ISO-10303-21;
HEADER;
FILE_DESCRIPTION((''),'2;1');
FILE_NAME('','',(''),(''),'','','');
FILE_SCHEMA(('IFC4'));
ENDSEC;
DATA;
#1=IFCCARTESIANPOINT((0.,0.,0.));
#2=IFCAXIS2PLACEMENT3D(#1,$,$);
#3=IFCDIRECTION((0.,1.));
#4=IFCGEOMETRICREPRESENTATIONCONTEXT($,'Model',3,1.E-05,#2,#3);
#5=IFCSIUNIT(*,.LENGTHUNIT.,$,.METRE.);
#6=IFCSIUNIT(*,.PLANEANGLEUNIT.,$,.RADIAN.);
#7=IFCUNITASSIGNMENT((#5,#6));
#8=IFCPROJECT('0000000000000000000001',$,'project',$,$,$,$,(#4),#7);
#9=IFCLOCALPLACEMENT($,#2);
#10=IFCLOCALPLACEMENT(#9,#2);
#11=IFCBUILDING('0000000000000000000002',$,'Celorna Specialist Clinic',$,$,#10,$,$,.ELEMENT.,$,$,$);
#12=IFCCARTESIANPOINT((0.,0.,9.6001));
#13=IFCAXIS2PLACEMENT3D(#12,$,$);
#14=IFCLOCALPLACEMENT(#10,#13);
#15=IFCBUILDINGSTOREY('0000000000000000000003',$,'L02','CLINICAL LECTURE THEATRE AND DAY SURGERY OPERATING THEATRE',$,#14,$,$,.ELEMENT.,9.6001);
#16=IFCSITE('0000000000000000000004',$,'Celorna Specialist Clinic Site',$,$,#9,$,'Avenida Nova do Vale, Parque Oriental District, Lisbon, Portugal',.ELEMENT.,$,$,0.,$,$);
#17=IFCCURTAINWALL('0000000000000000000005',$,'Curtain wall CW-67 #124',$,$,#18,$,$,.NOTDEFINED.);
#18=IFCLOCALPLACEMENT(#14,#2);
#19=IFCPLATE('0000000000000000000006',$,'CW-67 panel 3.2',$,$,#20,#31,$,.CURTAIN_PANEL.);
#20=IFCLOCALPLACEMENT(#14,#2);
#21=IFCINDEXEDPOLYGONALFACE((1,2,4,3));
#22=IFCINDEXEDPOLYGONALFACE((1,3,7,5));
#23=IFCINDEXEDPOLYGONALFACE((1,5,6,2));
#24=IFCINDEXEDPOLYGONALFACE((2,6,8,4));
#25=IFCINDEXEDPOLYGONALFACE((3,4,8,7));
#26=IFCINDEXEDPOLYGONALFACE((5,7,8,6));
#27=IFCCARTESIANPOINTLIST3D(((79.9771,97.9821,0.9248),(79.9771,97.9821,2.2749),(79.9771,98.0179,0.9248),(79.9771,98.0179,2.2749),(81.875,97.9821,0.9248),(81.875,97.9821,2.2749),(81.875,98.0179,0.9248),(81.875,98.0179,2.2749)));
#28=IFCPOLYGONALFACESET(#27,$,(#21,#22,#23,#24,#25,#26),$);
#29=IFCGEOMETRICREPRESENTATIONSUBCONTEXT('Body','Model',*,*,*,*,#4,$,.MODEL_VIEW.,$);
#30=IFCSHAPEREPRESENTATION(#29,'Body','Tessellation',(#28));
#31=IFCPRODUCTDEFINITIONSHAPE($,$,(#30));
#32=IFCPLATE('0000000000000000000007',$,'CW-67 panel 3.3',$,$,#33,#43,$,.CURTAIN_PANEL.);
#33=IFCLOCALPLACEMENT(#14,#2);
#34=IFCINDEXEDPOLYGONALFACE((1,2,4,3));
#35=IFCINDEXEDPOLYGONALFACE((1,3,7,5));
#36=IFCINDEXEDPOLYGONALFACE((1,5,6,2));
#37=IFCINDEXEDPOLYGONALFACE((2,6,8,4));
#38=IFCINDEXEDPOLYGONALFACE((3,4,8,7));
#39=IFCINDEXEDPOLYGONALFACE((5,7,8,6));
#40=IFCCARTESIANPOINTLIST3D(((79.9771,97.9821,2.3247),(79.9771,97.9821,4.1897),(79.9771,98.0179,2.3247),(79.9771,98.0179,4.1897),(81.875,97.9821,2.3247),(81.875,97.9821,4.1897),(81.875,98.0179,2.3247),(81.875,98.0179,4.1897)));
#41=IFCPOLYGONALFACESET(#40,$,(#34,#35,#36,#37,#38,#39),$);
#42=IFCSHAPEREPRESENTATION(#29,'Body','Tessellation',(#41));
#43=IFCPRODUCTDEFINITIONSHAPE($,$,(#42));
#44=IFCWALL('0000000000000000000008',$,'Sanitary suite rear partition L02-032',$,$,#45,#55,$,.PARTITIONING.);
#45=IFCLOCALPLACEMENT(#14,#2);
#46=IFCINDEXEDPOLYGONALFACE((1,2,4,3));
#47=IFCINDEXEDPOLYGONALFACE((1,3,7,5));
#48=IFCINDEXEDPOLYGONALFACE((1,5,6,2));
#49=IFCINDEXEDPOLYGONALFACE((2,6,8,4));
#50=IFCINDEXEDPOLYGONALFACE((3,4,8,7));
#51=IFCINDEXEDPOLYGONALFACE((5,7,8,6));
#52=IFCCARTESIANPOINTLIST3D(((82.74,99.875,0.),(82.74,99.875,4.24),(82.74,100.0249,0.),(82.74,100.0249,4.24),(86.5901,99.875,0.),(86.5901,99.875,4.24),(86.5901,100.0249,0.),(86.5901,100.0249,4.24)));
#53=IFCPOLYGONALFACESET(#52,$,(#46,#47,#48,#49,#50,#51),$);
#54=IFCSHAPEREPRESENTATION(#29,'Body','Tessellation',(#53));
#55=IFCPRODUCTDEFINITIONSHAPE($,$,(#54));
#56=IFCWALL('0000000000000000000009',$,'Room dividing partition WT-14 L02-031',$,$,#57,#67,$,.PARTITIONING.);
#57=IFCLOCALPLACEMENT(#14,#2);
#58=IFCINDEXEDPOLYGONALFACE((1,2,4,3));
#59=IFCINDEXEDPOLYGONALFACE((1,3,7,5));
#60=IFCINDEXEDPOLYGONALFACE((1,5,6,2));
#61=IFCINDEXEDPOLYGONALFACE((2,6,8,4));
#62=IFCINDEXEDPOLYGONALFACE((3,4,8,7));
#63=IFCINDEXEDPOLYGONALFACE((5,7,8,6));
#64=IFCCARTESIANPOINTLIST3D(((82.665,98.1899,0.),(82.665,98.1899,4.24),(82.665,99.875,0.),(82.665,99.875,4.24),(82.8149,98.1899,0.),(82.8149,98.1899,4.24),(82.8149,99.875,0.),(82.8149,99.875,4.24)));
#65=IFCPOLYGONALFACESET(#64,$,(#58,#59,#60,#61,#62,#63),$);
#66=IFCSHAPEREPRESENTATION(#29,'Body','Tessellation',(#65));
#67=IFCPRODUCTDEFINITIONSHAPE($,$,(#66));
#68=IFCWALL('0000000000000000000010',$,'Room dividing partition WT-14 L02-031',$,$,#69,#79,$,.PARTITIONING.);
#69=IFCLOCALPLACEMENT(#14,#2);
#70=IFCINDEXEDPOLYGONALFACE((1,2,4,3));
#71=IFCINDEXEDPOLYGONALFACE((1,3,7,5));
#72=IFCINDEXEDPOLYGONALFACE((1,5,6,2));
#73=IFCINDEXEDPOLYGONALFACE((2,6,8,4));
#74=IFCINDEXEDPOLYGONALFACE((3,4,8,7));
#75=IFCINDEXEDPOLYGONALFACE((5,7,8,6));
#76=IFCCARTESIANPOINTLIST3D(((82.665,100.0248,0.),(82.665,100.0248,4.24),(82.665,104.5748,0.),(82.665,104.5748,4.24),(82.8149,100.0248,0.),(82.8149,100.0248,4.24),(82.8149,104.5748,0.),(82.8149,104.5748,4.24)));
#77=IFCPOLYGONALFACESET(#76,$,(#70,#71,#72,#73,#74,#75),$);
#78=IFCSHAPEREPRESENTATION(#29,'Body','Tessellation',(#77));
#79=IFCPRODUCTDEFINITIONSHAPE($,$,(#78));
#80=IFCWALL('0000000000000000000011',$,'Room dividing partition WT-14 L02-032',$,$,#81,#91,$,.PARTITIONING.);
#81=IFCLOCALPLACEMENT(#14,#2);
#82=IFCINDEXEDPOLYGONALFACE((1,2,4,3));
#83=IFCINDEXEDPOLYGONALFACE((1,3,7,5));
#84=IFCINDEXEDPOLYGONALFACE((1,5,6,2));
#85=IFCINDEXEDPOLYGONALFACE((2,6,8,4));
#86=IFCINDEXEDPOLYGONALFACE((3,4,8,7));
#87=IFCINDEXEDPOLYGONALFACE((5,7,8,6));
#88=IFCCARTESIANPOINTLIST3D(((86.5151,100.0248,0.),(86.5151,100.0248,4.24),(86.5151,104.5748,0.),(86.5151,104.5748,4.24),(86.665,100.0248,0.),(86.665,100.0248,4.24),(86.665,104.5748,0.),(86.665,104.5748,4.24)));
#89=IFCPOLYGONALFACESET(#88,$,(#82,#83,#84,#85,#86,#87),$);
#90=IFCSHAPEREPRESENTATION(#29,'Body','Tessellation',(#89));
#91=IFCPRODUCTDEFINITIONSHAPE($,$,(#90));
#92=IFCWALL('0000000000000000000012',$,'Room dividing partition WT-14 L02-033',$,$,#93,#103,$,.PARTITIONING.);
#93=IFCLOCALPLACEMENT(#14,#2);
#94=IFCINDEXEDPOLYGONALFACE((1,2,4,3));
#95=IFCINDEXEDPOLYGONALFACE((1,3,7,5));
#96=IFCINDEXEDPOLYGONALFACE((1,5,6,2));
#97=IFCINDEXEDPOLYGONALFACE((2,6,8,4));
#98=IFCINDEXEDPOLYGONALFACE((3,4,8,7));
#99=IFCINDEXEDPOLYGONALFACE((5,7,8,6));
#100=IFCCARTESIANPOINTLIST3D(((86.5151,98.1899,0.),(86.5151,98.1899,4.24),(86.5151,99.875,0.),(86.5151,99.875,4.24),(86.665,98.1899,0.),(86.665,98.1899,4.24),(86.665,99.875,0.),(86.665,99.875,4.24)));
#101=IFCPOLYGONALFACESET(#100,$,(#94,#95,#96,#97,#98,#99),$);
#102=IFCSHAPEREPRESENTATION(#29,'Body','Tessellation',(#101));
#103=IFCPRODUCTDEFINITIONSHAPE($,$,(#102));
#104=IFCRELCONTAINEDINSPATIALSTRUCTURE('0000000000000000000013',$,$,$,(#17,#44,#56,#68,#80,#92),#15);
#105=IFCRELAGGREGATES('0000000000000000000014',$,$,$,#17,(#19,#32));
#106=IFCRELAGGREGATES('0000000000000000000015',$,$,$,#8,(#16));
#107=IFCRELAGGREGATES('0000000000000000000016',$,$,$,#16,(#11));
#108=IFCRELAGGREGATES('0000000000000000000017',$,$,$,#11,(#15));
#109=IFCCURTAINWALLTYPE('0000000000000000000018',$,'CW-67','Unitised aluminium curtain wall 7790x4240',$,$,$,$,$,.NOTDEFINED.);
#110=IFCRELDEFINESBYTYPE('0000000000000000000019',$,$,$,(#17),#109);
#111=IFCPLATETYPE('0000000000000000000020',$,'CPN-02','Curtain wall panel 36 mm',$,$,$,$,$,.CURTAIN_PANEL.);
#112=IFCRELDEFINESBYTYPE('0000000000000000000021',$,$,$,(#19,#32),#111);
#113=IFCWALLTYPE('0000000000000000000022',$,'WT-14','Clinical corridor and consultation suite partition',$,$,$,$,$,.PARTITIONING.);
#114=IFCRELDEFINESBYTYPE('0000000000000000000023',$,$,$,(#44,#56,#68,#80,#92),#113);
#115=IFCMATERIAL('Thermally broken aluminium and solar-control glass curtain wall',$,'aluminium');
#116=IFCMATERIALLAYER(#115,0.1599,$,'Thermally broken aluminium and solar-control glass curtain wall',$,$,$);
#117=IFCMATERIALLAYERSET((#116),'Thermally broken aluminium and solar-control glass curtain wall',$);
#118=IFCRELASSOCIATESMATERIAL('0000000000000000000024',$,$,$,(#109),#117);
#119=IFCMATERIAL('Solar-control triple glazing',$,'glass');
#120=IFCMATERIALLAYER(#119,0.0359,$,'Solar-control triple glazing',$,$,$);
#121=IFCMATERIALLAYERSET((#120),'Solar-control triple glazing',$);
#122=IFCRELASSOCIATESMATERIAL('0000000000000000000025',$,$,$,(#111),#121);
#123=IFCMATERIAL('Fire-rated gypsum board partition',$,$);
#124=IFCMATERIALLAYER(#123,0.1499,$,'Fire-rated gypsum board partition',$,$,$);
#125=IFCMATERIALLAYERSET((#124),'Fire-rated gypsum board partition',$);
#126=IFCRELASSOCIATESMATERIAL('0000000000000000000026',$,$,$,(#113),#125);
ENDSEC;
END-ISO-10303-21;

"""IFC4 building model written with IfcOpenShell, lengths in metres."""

from ifc_helpers import new_model, si_unit, direction, frame, frame_2d, origin, origin_2d, place, context, subcontext, project, spatial, rectangle, extrude, material, layer, layer_set, type_object, element, aggregate, save


model = new_model("IFC4")

# Units and contexts
model_context = context("Model", 3, precision=1e-05, world=origin(), true_north=direction((0.0, 1.0)))
body_context = subcontext(model_context, "Body", "Model", "MODEL_VIEW")
ifc_project = project(units=[si_unit("LENGTHUNIT", "METRE"), si_unit("PLANEANGLEUNIT", "RADIAN")], contexts=[model_context])

# Site, building, storey
site_placement = place(None, origin())
site = spatial("IfcSite", under=ifc_project, at=site_placement, Name="Celorna Specialist Clinic Site", LongName="Avenida Nova do Vale, Parque Oriental District, Lisbon, Portugal", CompositionType="ELEMENT", RefElevation=0.0)
building_placement = place(site_placement, origin())
building = spatial("IfcBuilding", under=site, at=building_placement, Name="Celorna Specialist Clinic", CompositionType="ELEMENT")
storey_placement = place(building_placement, frame((0.0, 0.0, 9.6001)))
storey = spatial("IfcBuildingStorey", under=building, at=storey_placement, Name="L02", Description="CLINICAL LECTURE THEATRE AND DAY SURGERY OPERATING THEATRE", CompositionType="ELEMENT", Elevation=9.6001)

# Curtain wall, plates
ifc_material_1 = material(Name="Thermally broken aluminium and solar-control glass curtain wall", Category="aluminium")
ifc_layer_1 = layer(ifc_material_1, 0.1599, Name="Thermally broken aluminium and solar-control glass curtain wall")
ifc_layer_set_1 = layer_set([ifc_layer_1], Name="Thermally broken aluminium and solar-control glass curtain wall")
curtain_wall_type = type_object("IfcCurtainWallType", Name="CW-67", Description="Unitised aluminium curtain wall 7790x4240", PredefinedType="NOTDEFINED", material=ifc_layer_set_1)
curtain_wall_placement = place(storey_placement, origin())
curtain_wall = element("IfcCurtainWall", 1, at=curtain_wall_placement, inside=storey, type_object=curtain_wall_type, Name="Curtain wall CW-67 #124", PredefinedType="NOTDEFINED")
ifc_material_2 = material(Name="Solar-control triple glazing", Category="glass")
ifc_layer_2 = layer(ifc_material_2, 0.0359, Name="Solar-control triple glazing")
ifc_layer_set_2 = layer_set([ifc_layer_2], Name="Solar-control triple glazing")
plate_type = type_object("IfcPlateType", Name="CPN-02", Description="Curtain wall panel 36 mm", PredefinedType="CURTAIN_PANEL", material=ifc_layer_set_2)
plate_1_placement = place(storey_placement, frame((80.926, 98.0, 0.9248), z_axis=(0.0, 0.0, 1.0), x_axis=(-1.0, 0.0, 0.0)))
plate_1 = element("IfcPlate", 2, at=plate_1_placement, type_object=plate_type, Name="CW-67 panel 3.2", PredefinedType="CURTAIN_PANEL", context=body_context, shape_type="SweptSolid", body=[
    extrude(rectangle(XDim=1.8979, YDim=0.0359, at=origin_2d()), origin(), (0.0, 0.0, 1.0), 1.3501),
])
plate_2_placement = place(storey_placement, frame((80.926, 98.0, 2.3247), z_axis=(0.0, 0.0, 1.0), x_axis=(-1.0, 0.0, 0.0)))
plate_2 = element("IfcPlate", 3, at=plate_2_placement, type_object=plate_type, Name="CW-67 panel 3.3", PredefinedType="CURTAIN_PANEL", context=body_context, shape_type="SweptSolid", body=[
    extrude(rectangle(XDim=1.8979, YDim=0.0359, at=origin_2d()), origin(), (0.0, 0.0, 1.0), 1.865),
])
aggregate(curtain_wall, [plate_1, plate_2])

# Walls
ifc_material_3 = material(Name="Fire-rated gypsum board partition")
ifc_layer_3 = layer(ifc_material_3, 0.1499, Name="Fire-rated gypsum board partition")
ifc_layer_set_3 = layer_set([ifc_layer_3], Name="Fire-rated gypsum board partition")
wall_type = type_object("IfcWallType", Name="WT-14", Description="Clinical corridor and consultation suite partition", PredefinedType="PARTITIONING", material=ifc_layer_set_3)
wall_1_placement = place(storey_placement, frame((82.74, 99.95, 0.0), z_axis=(0.0, 0.0, 1.0), x_axis=(1.0, 0.0, 0.0)))
element("IfcWall", 4, at=wall_1_placement, inside=storey, type_object=wall_type, Name="Sanitary suite rear partition L02-032", PredefinedType="PARTITIONING", context=body_context, shape_type="SweptSolid", body=[
    extrude(rectangle(XDim=3.8501, YDim=0.1499, at=frame_2d((1.925, 0.0))), origin(), (0.0, 0.0, 1.0), 4.24),
])
wall_2_placement = place(storey_placement, frame((82.74, 98.1899, 0.0), z_axis=(0.0, 0.0, 1.0), x_axis=(0.0, 1.0, 0.0)))
element("IfcWall", 5, at=wall_2_placement, inside=storey, type_object=wall_type, Name="Room dividing partition WT-14 L02-031", PredefinedType="PARTITIONING", context=body_context, shape_type="SweptSolid", body=[
    extrude(rectangle(XDim=1.6851, YDim=0.1499, at=frame_2d((0.8425, 0.0))), origin(), (0.0, 0.0, 1.0), 4.24),
])
for number, where, z_axis, x_axis, name in (
    (6, (82.74, 100.0249, 0.0), (0.0, 0.0, 1.0), (0.0, 1.0, 0.0), "Room dividing partition WT-14 L02-031"),
    (7, (86.5901, 100.0249, 0.0), (0.0, 0.0, 1.0), (0.0, 1.0, 0.0), "Room dividing partition WT-14 L02-032"),
):
    element("IfcWall", number, at=place(storey_placement, frame(where, z_axis=z_axis, x_axis=x_axis)), inside=storey, type_object=wall_type, Name=name, PredefinedType="PARTITIONING", context=body_context, shape_type="SweptSolid", body=[
        extrude(rectangle(XDim=4.55, YDim=0.1499, at=frame_2d((2.2749, 0.0))), origin(), (0.0, 0.0, 1.0), 4.24),
    ])
wall_3_placement = place(storey_placement, frame((86.5901, 98.1899, 0.0), z_axis=(0.0, 0.0, 1.0), x_axis=(0.0, 1.0, 0.0)))
element("IfcWall", 8, at=wall_3_placement, inside=storey, type_object=wall_type, Name="Room dividing partition WT-14 L02-033", PredefinedType="PARTITIONING", context=body_context, shape_type="SweptSolid", body=[
    extrude(rectangle(XDim=1.6851, YDim=0.1499, at=frame_2d((0.8425, 0.0))), origin(), (0.0, 0.0, 1.0), 4.24),
])

save(model, "model.ifc")
